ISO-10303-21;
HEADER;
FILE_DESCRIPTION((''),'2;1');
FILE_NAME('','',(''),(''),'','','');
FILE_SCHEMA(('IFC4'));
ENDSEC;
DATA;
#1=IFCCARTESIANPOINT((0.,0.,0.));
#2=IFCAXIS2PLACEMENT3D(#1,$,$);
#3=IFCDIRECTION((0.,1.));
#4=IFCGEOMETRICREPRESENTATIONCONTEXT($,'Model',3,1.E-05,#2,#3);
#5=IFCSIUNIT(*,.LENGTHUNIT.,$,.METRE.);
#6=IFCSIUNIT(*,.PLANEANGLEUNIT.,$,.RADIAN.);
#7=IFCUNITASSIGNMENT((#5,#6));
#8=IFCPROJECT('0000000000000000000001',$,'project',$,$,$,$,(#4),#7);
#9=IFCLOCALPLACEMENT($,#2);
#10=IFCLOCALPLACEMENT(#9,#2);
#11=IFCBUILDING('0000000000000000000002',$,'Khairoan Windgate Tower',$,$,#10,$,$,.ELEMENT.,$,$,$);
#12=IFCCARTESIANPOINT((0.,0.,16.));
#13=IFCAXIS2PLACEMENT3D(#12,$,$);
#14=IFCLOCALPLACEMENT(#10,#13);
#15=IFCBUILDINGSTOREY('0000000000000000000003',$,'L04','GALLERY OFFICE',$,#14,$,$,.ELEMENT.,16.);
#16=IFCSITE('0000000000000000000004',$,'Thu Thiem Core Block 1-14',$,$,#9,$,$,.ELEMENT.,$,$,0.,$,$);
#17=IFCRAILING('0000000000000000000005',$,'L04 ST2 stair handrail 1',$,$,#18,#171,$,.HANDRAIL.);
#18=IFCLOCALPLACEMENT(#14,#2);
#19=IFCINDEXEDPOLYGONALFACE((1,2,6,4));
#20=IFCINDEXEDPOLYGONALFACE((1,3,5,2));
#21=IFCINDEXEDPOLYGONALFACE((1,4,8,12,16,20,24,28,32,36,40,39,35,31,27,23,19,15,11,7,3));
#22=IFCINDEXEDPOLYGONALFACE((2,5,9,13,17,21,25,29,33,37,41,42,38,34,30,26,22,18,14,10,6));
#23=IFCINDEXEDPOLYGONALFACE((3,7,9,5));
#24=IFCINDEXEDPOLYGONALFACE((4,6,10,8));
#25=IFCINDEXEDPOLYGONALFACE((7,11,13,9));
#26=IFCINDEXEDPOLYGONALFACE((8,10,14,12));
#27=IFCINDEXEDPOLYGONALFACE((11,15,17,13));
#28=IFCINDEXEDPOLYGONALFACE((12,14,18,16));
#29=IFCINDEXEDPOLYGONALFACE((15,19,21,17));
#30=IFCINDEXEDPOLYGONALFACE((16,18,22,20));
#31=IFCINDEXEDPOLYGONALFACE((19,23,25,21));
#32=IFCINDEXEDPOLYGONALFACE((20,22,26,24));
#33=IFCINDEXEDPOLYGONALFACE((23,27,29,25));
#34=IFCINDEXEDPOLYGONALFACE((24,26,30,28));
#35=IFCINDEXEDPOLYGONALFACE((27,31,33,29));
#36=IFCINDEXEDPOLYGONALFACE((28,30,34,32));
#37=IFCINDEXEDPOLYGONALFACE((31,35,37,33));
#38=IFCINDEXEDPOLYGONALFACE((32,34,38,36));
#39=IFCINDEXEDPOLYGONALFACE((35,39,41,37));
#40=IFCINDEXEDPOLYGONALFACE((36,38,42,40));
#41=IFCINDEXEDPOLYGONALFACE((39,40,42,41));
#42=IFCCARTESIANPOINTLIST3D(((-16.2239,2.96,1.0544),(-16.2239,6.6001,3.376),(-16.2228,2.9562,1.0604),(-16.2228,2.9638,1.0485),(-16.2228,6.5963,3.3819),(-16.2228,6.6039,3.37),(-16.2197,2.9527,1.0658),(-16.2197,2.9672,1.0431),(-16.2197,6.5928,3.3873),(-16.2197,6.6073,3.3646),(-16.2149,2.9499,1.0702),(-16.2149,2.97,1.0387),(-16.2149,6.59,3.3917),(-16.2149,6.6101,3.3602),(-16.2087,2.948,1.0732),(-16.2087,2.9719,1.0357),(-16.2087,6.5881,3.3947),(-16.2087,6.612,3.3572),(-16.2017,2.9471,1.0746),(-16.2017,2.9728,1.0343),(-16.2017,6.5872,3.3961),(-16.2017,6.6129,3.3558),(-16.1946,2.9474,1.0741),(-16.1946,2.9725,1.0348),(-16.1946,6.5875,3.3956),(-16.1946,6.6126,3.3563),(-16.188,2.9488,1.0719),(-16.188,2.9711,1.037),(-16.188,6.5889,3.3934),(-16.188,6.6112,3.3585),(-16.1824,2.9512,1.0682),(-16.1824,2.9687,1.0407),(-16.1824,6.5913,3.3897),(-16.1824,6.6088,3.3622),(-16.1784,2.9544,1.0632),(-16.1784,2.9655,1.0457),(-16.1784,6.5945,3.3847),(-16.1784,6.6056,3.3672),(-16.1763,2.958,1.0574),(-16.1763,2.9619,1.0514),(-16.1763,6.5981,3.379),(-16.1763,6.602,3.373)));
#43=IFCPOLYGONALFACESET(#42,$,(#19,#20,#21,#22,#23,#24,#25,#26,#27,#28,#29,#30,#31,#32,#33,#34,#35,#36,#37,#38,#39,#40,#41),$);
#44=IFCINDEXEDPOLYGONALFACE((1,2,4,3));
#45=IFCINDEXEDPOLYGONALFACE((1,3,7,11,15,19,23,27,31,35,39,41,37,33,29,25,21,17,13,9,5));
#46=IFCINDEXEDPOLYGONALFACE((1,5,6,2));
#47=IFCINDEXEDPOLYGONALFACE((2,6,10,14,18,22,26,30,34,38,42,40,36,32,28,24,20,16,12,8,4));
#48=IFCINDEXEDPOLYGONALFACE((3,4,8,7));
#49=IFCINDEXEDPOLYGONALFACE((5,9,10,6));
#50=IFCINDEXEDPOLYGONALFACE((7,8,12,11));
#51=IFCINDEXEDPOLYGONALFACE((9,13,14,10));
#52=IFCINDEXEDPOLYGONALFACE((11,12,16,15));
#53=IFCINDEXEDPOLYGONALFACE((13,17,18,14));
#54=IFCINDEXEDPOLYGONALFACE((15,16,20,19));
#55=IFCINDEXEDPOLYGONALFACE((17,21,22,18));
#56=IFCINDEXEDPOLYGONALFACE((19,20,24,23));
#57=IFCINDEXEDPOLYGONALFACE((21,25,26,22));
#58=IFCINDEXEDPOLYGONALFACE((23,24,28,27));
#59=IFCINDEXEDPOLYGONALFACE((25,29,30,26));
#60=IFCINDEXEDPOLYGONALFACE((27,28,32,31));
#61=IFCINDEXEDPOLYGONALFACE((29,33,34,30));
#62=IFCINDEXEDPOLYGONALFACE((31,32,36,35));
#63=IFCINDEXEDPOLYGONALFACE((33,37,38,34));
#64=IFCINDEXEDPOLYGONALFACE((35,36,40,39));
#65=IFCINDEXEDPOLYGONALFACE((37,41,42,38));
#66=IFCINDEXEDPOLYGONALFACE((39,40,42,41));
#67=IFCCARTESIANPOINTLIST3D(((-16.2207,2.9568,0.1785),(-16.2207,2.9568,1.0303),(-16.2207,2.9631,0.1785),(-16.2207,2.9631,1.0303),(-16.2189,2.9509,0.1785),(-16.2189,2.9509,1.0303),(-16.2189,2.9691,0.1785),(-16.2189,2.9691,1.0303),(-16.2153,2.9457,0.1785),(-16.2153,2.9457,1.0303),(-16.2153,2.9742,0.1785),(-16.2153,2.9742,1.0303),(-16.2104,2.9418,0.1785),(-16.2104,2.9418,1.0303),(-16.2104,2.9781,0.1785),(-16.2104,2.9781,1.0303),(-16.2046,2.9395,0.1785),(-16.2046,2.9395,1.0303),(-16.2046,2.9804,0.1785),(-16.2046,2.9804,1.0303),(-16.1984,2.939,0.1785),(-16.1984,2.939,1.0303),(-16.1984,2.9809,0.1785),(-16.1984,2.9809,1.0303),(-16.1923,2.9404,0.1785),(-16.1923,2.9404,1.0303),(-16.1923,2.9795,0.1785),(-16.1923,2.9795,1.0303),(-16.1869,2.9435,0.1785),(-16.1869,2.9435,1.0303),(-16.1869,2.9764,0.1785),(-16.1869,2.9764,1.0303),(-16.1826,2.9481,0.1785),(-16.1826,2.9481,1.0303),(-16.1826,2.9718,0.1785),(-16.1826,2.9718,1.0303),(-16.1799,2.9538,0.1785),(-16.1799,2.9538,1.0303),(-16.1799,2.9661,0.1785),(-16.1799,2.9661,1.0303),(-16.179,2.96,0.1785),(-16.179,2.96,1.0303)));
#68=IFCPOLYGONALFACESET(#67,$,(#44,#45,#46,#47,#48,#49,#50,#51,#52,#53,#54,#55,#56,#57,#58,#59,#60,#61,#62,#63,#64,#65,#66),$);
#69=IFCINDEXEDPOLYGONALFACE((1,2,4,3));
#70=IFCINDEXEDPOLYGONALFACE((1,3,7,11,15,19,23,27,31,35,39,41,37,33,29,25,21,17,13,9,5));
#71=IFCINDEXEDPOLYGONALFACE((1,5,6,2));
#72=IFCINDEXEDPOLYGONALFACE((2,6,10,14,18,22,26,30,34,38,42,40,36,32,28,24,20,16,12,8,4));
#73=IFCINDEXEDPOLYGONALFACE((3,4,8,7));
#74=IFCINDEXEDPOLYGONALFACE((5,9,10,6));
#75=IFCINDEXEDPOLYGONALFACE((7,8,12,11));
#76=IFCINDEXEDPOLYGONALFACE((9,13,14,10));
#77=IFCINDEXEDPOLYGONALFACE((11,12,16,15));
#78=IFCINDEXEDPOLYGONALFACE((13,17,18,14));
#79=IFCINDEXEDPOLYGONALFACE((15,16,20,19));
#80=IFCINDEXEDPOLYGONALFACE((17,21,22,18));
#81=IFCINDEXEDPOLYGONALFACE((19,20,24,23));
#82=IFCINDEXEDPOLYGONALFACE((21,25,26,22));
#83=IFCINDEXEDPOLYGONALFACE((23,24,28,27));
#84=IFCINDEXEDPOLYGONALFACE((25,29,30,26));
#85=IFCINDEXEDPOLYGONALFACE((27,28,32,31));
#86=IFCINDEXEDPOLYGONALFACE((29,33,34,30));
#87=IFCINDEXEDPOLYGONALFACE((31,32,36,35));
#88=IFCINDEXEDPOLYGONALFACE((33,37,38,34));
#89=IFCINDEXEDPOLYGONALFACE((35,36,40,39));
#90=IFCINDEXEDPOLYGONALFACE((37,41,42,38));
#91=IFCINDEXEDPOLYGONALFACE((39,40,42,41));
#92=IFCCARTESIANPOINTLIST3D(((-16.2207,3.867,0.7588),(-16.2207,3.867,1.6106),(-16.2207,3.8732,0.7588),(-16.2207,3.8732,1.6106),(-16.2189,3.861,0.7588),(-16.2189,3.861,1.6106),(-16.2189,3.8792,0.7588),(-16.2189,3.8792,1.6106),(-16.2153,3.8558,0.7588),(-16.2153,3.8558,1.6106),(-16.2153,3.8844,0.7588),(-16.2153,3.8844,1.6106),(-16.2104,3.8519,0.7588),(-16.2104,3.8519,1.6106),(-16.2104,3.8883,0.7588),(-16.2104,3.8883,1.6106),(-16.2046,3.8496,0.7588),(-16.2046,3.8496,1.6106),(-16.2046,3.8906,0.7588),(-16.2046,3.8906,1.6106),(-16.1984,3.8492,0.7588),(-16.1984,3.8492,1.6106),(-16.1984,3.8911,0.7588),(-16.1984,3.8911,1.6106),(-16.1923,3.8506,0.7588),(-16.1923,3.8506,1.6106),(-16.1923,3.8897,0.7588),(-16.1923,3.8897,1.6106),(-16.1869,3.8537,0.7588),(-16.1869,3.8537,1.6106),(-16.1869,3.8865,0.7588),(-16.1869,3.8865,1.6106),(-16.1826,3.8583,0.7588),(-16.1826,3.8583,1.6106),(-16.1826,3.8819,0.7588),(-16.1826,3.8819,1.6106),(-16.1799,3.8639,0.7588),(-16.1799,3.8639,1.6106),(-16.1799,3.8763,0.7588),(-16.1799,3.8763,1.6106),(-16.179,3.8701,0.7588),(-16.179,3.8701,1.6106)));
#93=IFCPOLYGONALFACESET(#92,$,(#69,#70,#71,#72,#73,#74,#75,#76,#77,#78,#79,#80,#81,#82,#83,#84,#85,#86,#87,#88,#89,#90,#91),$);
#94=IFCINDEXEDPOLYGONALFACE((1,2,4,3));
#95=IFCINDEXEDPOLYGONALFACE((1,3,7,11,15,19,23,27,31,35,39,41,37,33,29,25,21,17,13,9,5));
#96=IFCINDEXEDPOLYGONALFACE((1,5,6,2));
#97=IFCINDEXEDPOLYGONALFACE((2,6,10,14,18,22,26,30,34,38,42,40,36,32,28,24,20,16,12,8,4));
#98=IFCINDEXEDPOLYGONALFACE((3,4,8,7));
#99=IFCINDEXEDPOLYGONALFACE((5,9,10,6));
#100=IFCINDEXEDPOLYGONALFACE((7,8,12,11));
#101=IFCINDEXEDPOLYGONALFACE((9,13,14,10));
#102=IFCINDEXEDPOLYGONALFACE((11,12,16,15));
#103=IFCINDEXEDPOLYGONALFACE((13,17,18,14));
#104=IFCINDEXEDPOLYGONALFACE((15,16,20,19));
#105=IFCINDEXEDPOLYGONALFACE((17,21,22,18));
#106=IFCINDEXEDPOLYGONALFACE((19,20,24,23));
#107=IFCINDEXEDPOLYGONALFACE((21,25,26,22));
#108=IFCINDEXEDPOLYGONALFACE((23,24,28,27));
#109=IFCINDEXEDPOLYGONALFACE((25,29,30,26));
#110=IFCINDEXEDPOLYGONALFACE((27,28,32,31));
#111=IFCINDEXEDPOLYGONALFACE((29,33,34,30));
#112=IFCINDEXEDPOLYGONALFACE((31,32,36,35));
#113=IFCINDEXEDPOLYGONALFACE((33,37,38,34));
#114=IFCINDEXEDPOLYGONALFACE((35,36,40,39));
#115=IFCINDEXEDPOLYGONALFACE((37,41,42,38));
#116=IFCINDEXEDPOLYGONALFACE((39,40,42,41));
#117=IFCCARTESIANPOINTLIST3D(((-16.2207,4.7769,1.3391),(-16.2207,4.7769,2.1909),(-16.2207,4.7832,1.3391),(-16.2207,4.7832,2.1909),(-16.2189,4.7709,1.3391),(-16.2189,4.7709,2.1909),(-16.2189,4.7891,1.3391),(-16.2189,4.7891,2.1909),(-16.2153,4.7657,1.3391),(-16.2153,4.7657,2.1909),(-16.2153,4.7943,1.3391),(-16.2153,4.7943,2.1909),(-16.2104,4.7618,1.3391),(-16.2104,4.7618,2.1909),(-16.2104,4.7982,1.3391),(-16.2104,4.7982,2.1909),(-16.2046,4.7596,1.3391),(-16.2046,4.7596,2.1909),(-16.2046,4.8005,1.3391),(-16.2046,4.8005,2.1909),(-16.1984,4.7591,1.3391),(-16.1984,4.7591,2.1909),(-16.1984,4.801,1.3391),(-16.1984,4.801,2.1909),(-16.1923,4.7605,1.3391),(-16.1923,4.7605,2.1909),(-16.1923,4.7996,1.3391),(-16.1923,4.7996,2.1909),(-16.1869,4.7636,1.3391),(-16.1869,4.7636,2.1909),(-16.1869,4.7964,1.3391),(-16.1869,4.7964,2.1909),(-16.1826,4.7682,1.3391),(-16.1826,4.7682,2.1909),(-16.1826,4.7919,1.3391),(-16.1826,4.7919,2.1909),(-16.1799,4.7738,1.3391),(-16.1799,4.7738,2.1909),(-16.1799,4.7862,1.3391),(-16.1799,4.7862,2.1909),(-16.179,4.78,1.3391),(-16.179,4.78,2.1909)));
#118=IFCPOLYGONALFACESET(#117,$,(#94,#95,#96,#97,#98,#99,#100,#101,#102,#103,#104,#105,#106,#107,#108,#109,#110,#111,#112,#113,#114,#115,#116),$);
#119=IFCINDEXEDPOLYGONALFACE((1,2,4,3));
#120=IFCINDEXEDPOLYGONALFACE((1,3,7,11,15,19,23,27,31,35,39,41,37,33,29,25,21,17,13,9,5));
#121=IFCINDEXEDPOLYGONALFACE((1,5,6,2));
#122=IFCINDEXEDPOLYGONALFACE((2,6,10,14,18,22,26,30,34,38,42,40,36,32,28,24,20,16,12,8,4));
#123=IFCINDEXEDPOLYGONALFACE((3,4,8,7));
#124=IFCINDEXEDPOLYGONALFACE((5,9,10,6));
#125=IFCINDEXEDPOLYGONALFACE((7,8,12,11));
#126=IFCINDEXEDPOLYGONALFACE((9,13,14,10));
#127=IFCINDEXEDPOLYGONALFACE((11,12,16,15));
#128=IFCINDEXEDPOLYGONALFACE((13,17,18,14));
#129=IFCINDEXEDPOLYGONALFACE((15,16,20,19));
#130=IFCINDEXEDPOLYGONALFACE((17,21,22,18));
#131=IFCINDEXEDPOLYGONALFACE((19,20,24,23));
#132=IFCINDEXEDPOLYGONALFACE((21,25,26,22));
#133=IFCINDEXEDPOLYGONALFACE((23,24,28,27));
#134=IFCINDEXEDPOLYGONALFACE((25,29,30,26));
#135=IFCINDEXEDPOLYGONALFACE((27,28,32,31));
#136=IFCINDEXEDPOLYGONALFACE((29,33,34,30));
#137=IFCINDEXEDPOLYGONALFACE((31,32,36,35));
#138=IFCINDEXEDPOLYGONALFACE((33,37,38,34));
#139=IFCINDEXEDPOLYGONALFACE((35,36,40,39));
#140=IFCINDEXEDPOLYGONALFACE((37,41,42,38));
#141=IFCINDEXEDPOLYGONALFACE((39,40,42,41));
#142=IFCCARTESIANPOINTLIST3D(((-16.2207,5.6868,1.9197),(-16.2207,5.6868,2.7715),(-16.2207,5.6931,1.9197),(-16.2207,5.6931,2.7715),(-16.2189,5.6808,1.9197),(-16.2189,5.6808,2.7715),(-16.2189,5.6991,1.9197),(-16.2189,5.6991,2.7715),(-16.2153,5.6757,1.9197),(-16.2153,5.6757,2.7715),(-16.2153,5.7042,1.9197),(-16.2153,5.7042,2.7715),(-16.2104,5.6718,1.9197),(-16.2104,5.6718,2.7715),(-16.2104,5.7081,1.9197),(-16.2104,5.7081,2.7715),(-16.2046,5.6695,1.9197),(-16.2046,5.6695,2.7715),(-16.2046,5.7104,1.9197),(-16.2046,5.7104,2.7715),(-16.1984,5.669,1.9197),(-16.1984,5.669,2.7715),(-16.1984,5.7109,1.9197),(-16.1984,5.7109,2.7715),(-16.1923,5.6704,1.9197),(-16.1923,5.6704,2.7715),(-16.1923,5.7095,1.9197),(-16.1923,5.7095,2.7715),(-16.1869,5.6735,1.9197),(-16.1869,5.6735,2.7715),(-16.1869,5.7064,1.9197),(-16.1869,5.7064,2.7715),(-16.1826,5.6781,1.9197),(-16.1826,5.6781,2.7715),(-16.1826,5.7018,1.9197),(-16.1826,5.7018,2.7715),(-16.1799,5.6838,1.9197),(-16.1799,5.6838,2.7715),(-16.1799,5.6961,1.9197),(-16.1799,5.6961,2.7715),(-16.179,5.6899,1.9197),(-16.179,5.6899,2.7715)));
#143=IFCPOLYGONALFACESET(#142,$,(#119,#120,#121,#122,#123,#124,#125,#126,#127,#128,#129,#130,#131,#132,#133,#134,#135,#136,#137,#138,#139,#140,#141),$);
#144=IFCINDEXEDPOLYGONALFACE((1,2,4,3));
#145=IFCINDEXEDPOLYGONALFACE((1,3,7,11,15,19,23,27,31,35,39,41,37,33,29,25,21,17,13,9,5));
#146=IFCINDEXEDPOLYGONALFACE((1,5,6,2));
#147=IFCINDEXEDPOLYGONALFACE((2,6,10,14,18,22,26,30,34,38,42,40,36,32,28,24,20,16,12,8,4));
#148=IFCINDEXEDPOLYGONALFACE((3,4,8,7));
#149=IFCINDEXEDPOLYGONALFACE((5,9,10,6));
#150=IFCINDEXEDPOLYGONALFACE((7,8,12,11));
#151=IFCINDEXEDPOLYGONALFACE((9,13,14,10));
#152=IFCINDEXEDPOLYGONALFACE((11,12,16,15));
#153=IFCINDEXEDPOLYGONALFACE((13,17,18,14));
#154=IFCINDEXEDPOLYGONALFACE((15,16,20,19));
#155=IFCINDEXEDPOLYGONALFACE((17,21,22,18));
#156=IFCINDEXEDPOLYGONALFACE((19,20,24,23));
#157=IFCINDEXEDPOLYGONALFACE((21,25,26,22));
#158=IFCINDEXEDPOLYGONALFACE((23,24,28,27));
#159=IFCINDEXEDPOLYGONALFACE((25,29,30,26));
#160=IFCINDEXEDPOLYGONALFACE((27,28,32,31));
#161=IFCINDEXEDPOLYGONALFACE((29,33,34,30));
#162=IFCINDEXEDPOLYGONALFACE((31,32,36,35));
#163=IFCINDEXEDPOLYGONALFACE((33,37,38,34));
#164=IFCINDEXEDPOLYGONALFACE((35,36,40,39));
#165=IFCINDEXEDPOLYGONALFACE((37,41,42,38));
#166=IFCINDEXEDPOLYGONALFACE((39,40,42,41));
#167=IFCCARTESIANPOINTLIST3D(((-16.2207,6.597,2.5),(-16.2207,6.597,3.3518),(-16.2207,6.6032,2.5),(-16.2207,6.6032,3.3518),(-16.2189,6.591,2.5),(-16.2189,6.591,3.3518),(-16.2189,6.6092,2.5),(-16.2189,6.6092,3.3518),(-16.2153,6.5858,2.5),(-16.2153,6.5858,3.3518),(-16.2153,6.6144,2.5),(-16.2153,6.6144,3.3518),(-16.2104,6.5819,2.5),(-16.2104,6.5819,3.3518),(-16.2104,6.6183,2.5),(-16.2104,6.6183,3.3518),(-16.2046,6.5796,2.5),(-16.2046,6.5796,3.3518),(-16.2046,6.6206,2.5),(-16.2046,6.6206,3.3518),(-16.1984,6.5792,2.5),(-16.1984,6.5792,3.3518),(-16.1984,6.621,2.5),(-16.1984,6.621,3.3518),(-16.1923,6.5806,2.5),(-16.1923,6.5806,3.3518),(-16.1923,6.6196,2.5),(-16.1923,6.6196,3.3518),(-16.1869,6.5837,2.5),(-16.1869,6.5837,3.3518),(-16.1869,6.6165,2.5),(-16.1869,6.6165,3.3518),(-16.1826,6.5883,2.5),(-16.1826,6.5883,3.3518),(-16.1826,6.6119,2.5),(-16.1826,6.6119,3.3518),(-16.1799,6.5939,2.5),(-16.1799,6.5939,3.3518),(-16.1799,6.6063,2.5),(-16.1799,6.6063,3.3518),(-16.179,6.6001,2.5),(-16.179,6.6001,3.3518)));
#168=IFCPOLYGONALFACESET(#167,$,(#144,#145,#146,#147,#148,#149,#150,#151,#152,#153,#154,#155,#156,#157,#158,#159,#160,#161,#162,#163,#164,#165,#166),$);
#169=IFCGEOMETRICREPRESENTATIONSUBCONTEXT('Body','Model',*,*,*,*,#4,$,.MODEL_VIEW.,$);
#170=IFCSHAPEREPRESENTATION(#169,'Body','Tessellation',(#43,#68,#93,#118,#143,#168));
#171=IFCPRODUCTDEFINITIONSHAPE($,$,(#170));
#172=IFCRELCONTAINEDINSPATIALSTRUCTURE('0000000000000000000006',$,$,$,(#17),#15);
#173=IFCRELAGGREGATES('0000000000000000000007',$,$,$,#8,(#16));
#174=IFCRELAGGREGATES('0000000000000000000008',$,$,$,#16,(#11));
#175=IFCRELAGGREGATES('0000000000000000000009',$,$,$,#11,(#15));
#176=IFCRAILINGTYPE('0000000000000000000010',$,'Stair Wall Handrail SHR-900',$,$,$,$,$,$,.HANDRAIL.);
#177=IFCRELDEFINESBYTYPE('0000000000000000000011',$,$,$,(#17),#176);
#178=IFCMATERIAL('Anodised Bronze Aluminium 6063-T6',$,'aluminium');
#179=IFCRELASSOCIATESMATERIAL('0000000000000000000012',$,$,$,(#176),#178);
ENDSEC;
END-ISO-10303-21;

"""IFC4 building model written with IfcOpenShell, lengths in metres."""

from ifc_helpers import new_model, si_unit, direction, frame, origin, origin_2d, place, context, subcontext, project, spatial, circle, extrude, material, type_object, element, save


model = new_model("IFC4")

# Units and contexts
model_context = context("Model", 3, precision=1e-05, world=origin(), true_north=direction((0.0, 1.0)))
body_context = subcontext(model_context, "Body", "Model", "MODEL_VIEW")
ifc_project = project(units=[si_unit("LENGTHUNIT", "METRE"), si_unit("PLANEANGLEUNIT", "RADIAN")], contexts=[model_context])

# Site, building, storey
site_placement = place(None, origin())
site = spatial("IfcSite", under=ifc_project, at=site_placement, Name="Thu Thiem Core Block 1-14", CompositionType="ELEMENT", RefElevation=0.0)
building_placement = place(site_placement, origin())
building = spatial("IfcBuilding", under=site, at=building_placement, Name="Khairoan Windgate Tower", CompositionType="ELEMENT")
storey_placement = place(building_placement, frame((0.0, 0.0, 16.0)))
storey = spatial("IfcBuildingStorey", under=building, at=storey_placement, Name="L04", Description="GALLERY OFFICE", CompositionType="ELEMENT", Elevation=16.0)

# Railing
ifc_material_1 = material(Name="Anodised Bronze Aluminium 6063-T6", Category="aluminium")
railing_type_1 = type_object("IfcRailingType", Name="Stair Wall Handrail SHR-900", PredefinedType="HANDRAIL", material=ifc_material_1)
railing_1_placement = place(storey_placement, frame((-16.2, 2.96, 0.1785)))
element("IfcRailing", 1, at=railing_1_placement, inside=storey, type_object=railing_type_1, Name="L04 ST2 stair handrail 1", PredefinedType="HANDRAIL", context=body_context, shape_type="SweptSolid", body=[
    extrude(circle(Radius=0.0239, at=origin_2d()), frame((0.0, 0.0, 0.876), z_axis=(0.0, 0.843128, 0.537713), x_axis=(-1.0, 0.0, 0.0)), (0.0, 0.0, 1.0), 4.3174),
    extrude(circle(Radius=0.021, at=origin_2d()), origin(), (0.0, 0.0, 1.0), 0.8518),
    extrude(circle(Radius=0.021, at=origin_2d()), frame((0.0, 0.9102, 0.5803)), (0.0, 0.0, 1.0), 0.8518),
    extrude(circle(Radius=0.021, at=origin_2d()), frame((0.0, 1.8201, 1.1606)), (0.0, 0.0, 1.0), 0.8518),
    extrude(circle(Radius=0.021, at=origin_2d()), frame((0.0, 2.73, 1.7412)), (0.0, 0.0, 1.0), 0.8518),
    extrude(circle(Radius=0.021, at=origin_2d()), frame((0.0, 3.6401, 2.3215)), (0.0, 0.0, 1.0), 0.8518),
])

save(model, "model.ifc")
